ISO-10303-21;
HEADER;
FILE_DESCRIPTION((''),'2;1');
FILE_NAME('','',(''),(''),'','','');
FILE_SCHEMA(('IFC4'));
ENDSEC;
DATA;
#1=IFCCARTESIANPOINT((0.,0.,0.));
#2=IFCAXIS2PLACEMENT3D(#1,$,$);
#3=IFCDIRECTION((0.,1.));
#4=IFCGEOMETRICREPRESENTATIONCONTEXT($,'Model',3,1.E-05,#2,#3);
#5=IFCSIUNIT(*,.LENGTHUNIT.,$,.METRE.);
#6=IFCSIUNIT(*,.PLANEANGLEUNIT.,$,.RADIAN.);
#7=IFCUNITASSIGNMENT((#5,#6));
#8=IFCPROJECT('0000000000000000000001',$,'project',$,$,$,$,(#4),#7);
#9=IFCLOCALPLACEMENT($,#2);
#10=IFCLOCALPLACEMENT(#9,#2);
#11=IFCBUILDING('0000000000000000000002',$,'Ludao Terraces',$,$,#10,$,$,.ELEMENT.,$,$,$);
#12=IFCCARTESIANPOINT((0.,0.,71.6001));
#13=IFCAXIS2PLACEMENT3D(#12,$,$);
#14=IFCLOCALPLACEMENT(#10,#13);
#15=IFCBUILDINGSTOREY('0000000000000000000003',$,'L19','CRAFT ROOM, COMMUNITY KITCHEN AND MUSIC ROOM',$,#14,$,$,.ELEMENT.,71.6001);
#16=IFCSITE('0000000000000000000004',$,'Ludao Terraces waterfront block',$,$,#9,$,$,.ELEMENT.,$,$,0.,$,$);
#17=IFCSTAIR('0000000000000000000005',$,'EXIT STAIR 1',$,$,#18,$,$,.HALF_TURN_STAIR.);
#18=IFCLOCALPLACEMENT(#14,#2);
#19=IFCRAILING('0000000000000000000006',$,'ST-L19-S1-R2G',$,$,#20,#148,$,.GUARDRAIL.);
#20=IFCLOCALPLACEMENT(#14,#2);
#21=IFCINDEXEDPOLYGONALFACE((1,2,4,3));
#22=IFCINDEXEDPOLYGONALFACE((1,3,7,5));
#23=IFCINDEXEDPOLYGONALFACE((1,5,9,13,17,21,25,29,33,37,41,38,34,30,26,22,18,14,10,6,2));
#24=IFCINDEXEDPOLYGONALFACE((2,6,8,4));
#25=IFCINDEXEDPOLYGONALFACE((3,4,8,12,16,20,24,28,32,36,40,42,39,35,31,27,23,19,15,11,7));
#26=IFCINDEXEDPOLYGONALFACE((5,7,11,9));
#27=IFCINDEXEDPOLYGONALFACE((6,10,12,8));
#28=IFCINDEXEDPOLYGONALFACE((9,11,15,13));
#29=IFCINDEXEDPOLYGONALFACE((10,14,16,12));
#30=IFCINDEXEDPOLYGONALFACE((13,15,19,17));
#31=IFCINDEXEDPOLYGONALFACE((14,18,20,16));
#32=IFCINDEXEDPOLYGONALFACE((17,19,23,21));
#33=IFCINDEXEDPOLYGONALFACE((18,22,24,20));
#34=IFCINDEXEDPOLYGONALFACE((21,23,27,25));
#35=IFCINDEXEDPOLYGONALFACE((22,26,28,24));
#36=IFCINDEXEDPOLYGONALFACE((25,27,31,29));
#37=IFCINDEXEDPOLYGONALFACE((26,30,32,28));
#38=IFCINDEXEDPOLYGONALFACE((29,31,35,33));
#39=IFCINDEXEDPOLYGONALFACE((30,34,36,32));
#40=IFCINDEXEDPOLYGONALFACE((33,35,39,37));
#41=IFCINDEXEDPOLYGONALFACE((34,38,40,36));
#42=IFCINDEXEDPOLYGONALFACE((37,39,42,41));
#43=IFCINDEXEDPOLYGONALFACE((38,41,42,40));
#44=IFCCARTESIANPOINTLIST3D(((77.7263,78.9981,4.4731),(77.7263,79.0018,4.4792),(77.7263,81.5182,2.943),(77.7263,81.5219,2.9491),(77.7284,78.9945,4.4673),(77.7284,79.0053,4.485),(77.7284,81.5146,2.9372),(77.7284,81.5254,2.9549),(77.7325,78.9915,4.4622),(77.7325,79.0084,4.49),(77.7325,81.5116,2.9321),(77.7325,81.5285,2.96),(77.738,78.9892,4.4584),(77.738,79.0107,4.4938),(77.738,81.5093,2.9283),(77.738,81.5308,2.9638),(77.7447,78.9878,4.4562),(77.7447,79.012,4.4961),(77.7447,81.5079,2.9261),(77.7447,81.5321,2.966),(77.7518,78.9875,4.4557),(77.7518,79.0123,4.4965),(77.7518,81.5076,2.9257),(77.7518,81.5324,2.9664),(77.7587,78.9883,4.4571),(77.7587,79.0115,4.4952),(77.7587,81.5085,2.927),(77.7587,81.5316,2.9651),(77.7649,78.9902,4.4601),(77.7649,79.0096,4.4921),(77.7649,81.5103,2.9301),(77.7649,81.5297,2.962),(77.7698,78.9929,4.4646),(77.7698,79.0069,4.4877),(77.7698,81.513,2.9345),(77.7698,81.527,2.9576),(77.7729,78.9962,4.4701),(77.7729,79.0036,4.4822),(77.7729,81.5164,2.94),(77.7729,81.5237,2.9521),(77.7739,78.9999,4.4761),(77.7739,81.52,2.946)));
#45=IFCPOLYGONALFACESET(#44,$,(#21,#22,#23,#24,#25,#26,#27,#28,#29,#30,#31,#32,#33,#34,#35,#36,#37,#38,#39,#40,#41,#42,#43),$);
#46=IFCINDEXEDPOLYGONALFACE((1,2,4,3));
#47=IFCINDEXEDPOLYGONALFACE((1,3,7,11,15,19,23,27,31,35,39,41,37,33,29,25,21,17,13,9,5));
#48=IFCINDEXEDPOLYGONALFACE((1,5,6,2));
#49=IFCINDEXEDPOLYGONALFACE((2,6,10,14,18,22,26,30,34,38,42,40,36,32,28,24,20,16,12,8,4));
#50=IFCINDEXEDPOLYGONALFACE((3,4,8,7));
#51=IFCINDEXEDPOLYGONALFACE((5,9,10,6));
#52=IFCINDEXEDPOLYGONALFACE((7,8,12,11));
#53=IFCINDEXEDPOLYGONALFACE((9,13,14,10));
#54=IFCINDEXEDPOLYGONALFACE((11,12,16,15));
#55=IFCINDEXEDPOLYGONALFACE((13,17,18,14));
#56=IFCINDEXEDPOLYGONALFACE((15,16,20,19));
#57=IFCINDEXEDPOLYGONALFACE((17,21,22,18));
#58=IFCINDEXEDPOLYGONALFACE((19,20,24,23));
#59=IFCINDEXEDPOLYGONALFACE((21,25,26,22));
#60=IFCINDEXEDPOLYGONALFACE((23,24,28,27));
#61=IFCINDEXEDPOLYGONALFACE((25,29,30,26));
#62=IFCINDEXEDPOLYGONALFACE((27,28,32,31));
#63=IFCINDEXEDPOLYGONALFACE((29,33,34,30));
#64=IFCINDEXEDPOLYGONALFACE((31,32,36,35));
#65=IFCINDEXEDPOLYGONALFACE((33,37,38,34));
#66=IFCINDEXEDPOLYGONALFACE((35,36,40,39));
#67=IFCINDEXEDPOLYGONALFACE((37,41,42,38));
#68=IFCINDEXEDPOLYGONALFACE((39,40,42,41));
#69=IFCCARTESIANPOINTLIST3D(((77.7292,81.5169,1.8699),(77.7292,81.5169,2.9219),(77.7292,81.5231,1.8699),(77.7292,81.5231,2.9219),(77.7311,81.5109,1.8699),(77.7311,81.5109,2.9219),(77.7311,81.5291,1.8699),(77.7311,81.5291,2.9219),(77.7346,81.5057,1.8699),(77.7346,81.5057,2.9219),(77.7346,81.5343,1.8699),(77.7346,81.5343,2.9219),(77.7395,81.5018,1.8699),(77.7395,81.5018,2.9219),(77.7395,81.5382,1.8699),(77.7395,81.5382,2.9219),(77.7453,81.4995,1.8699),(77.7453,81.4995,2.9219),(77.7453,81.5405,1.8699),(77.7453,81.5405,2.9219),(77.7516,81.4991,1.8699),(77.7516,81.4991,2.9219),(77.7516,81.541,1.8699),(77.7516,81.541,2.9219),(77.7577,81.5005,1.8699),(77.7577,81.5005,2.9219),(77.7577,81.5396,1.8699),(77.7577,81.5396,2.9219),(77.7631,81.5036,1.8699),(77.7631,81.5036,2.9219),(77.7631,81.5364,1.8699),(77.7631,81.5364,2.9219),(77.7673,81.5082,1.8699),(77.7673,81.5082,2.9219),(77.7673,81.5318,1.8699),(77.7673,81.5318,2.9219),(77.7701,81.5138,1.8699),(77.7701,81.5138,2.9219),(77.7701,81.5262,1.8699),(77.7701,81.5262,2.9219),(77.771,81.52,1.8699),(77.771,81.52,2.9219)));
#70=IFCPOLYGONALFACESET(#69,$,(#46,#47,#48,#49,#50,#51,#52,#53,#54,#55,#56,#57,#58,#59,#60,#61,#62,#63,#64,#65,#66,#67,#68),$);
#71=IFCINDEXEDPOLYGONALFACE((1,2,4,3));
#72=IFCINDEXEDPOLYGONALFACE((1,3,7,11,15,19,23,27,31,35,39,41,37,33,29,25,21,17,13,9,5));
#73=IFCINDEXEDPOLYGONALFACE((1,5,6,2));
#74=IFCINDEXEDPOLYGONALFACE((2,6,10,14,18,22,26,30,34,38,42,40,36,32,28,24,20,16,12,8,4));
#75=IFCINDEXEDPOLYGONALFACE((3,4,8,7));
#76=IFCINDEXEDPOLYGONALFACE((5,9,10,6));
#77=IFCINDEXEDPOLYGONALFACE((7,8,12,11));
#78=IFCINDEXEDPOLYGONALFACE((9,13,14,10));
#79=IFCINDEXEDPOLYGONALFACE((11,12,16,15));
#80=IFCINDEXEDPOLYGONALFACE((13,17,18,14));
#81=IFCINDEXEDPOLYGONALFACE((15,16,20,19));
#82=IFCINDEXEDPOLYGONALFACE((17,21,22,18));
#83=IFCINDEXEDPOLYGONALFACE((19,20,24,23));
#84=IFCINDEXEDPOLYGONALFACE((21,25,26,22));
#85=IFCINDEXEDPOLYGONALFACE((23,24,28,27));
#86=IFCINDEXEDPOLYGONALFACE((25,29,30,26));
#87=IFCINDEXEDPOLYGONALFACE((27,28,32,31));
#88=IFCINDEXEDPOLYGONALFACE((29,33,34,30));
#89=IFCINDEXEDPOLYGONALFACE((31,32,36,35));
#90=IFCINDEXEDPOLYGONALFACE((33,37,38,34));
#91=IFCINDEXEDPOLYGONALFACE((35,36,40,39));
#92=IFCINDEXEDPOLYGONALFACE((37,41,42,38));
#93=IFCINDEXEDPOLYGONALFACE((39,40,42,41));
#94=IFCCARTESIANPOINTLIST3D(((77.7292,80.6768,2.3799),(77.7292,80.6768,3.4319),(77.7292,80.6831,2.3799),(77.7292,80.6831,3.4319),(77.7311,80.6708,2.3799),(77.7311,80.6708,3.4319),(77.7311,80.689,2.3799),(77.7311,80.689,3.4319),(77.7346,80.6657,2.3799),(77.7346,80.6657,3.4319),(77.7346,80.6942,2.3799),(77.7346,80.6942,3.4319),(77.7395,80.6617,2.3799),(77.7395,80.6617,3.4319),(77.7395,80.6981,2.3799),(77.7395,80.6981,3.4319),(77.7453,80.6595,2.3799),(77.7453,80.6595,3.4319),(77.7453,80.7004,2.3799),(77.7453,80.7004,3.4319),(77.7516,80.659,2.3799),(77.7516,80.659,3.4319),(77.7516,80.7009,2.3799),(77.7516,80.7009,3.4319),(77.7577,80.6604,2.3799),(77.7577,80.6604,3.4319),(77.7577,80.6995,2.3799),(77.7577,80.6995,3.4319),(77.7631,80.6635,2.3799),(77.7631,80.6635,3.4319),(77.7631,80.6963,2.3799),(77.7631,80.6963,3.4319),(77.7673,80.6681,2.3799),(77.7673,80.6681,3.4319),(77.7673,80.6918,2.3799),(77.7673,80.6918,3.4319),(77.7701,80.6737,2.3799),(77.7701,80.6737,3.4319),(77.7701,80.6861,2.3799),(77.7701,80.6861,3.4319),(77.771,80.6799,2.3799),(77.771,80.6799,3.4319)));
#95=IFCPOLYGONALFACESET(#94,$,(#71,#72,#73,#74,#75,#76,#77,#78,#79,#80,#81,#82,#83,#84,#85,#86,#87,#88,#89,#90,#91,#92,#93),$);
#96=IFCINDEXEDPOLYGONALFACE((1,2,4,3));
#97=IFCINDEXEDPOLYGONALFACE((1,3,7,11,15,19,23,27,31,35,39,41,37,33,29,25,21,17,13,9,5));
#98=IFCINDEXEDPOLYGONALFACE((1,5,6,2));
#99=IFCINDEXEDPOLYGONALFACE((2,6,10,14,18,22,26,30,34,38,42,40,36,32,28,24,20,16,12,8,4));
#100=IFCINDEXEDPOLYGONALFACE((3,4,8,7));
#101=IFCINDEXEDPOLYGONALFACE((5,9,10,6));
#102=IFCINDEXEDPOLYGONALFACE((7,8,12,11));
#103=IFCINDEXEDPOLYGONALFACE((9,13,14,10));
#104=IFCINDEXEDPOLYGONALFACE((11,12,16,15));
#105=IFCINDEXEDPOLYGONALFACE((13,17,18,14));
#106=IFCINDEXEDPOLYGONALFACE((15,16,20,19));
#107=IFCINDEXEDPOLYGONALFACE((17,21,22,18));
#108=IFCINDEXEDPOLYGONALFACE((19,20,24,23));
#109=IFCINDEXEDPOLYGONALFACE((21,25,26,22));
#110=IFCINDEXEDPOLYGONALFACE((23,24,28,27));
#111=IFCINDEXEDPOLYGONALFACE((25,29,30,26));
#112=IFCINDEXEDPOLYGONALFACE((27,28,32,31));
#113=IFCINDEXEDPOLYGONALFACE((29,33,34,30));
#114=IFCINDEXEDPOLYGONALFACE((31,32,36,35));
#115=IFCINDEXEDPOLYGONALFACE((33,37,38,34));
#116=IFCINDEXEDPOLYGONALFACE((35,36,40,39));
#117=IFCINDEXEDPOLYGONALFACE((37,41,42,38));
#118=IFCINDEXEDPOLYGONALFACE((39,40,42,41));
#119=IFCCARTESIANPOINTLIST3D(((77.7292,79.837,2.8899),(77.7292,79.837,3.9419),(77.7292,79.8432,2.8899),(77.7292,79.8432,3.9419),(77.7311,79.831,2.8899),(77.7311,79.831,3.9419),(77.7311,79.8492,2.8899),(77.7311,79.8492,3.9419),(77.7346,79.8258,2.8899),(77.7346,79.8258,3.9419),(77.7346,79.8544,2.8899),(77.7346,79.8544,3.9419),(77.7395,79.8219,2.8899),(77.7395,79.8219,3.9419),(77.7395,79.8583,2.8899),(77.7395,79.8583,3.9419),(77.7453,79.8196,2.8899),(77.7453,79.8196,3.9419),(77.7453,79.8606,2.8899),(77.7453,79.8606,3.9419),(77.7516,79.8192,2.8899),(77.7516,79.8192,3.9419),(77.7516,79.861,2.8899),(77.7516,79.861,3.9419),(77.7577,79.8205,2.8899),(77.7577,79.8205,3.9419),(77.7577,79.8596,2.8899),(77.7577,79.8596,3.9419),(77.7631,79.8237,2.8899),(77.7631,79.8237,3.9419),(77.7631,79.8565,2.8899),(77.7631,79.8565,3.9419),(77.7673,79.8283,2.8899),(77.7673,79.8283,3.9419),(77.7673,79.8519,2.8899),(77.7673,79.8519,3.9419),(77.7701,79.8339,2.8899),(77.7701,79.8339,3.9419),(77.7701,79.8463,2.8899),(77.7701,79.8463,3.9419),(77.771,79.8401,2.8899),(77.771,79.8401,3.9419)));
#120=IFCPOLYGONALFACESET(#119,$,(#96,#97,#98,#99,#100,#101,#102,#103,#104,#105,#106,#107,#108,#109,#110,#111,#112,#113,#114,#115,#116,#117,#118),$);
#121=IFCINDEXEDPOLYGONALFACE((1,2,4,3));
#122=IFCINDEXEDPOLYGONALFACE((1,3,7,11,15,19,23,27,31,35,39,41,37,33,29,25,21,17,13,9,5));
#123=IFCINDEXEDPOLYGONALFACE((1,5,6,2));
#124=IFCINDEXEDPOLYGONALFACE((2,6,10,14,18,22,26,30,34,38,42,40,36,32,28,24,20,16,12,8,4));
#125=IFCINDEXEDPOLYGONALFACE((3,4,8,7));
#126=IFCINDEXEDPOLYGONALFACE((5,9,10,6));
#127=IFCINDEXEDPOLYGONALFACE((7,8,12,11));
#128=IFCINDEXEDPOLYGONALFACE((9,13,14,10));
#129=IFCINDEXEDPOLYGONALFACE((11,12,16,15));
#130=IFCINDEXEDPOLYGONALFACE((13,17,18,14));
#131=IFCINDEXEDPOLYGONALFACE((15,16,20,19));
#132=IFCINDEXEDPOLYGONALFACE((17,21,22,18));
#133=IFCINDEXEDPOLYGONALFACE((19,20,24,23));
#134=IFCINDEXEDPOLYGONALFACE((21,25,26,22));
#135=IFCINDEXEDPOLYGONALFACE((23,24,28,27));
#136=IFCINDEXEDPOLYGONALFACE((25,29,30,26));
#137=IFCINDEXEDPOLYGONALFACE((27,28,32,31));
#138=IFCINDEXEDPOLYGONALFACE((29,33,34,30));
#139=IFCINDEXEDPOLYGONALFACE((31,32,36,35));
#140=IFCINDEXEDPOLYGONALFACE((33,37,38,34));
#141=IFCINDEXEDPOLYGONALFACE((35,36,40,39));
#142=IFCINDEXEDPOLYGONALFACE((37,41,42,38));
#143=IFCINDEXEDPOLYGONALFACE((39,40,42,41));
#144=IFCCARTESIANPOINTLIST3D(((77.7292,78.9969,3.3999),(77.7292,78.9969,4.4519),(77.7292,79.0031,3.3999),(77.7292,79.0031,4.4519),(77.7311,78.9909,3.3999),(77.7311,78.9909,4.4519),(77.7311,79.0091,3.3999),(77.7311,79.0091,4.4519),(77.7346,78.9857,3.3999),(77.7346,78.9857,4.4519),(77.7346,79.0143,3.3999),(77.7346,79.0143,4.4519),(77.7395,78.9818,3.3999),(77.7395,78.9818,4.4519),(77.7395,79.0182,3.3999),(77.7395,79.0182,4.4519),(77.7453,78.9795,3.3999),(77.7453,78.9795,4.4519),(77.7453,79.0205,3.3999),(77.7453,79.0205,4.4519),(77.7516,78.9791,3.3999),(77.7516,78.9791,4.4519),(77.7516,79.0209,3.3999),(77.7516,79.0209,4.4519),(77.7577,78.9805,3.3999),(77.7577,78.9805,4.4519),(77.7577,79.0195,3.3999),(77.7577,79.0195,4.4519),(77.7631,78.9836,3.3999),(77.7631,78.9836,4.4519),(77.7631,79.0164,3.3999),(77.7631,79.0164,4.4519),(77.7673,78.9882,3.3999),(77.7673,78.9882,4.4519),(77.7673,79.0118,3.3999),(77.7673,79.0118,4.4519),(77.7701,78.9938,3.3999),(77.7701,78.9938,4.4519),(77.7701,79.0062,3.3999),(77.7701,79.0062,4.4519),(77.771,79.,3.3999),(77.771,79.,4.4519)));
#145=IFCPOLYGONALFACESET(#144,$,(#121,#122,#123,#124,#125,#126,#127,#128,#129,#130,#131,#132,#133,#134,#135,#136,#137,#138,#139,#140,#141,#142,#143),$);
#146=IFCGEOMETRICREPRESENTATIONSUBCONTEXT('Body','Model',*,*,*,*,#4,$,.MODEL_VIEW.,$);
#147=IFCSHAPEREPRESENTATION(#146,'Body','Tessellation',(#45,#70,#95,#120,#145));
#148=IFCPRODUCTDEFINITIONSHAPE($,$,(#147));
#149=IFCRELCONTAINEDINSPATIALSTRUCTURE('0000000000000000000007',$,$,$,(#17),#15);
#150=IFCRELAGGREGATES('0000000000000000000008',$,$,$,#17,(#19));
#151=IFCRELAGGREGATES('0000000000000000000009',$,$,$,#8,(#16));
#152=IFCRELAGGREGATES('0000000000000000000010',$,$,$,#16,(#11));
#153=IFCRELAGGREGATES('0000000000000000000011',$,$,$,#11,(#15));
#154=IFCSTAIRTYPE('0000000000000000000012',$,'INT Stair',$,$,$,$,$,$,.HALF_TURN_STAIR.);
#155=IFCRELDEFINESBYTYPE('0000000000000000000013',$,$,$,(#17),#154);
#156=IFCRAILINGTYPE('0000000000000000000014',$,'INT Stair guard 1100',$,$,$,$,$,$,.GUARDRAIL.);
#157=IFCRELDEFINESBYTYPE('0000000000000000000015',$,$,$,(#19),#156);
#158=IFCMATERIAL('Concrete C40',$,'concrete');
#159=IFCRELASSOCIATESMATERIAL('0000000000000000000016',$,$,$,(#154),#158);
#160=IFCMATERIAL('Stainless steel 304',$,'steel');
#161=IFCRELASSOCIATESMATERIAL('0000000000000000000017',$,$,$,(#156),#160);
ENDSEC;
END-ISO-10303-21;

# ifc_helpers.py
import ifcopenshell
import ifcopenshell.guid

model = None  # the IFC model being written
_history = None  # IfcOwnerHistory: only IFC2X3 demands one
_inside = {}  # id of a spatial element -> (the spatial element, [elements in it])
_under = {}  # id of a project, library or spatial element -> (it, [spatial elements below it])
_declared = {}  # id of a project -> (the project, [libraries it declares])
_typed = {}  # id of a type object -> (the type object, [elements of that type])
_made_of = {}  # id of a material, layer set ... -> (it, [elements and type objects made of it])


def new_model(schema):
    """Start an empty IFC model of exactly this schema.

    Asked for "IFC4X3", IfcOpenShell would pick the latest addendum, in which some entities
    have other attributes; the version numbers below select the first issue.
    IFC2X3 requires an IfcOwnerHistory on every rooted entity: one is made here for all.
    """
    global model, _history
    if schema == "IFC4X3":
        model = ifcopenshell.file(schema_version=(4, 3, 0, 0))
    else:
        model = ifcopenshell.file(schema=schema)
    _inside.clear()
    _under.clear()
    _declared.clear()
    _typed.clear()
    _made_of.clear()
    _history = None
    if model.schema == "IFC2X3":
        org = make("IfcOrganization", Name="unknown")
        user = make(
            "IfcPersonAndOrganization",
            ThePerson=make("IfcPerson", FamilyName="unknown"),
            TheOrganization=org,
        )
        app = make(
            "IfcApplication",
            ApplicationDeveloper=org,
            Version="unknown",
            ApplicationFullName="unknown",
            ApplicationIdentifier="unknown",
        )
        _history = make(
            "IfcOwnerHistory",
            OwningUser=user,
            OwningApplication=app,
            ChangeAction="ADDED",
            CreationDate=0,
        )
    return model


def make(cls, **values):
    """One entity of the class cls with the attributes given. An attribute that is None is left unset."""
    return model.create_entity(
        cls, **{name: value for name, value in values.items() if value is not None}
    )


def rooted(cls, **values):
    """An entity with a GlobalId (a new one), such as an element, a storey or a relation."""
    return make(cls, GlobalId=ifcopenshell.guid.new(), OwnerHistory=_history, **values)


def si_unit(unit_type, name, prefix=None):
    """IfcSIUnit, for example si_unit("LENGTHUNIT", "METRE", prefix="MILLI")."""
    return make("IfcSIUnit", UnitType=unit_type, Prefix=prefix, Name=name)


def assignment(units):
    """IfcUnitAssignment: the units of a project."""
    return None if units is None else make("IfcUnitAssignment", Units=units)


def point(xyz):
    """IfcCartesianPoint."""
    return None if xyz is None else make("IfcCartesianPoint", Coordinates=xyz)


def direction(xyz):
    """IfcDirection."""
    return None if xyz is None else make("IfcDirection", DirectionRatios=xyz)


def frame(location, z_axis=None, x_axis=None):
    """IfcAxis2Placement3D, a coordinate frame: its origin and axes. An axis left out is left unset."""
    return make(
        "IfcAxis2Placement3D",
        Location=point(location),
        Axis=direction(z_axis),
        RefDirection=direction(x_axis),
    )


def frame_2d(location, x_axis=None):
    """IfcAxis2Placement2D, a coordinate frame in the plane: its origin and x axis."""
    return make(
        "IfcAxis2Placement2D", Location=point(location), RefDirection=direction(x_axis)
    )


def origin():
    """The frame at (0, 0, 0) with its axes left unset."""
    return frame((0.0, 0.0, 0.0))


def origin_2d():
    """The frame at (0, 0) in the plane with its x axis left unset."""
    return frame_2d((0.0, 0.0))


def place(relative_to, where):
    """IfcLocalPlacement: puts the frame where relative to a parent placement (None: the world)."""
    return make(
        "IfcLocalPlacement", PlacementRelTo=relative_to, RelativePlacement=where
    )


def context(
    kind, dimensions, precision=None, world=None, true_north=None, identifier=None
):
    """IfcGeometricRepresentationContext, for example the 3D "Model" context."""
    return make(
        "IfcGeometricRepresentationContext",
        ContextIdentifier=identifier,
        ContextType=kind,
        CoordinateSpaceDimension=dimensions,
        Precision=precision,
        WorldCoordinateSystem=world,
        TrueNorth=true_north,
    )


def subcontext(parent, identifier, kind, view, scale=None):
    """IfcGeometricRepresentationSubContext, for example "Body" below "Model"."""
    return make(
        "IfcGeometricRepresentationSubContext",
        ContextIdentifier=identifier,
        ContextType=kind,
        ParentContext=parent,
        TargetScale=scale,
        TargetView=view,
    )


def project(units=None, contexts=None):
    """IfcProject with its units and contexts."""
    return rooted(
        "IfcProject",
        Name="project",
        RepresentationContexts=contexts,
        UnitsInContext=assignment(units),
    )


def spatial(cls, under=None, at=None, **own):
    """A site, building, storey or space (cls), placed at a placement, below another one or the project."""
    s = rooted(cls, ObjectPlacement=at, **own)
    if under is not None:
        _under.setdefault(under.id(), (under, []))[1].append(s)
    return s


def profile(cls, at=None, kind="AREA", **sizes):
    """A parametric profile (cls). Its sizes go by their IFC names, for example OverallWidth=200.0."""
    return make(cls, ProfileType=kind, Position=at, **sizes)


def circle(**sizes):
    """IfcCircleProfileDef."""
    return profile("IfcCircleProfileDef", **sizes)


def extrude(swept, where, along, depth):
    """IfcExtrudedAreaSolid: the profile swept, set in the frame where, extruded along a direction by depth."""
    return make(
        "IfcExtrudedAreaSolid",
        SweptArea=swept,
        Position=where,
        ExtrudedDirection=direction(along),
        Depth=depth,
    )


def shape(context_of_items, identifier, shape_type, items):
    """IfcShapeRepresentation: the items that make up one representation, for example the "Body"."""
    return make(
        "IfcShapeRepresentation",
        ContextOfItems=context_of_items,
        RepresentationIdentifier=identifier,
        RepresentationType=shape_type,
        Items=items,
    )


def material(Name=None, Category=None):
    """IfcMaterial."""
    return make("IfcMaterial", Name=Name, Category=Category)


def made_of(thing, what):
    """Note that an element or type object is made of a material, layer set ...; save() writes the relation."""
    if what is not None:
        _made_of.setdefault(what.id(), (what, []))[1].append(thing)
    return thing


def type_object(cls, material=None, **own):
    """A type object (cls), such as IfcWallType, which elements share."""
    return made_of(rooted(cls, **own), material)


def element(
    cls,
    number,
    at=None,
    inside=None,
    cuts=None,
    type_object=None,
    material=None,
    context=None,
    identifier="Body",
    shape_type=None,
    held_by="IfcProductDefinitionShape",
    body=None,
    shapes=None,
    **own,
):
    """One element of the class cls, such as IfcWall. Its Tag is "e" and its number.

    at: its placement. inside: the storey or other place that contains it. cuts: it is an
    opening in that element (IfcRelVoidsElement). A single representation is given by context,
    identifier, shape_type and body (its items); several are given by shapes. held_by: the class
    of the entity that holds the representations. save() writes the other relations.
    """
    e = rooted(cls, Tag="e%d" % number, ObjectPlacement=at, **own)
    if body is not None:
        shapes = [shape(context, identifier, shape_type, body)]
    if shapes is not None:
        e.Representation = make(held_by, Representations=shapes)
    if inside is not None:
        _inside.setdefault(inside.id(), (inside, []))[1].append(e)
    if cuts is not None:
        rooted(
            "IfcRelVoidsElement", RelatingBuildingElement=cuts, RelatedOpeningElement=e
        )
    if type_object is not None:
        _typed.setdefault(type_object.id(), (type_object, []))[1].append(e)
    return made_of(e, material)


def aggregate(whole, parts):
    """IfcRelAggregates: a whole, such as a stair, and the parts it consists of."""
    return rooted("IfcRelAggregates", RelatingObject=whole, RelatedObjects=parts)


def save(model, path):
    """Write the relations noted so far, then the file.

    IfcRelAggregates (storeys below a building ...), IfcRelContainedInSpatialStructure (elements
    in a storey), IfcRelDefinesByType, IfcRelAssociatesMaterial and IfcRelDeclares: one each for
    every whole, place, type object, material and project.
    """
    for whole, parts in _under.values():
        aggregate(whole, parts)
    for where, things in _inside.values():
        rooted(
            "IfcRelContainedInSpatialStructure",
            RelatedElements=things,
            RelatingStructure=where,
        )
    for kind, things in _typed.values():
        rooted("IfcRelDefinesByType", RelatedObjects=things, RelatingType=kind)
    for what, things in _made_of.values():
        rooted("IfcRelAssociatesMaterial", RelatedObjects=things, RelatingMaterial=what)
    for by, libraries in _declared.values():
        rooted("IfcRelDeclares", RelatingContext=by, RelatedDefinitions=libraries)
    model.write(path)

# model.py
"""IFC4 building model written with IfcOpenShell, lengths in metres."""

from ifc_helpers import new_model, si_unit, direction, frame, origin, origin_2d, place, context, subcontext, project, spatial, circle, extrude, material, type_object, element, aggregate, save


model = new_model("IFC4")

# Units and contexts
model_context = context("Model", 3, precision=1e-05, world=origin(), true_north=direction((0.0, 1.0)))
body_context = subcontext(model_context, "Body", "Model", "MODEL_VIEW")
ifc_project = project(units=[si_unit("LENGTHUNIT", "METRE"), si_unit("PLANEANGLEUNIT", "RADIAN")], contexts=[model_context])

# Site, building, storey
site_placement = place(None, origin())
site = spatial("IfcSite", under=ifc_project, at=site_placement, Name="Ludao Terraces waterfront block", CompositionType="ELEMENT", RefElevation=0.0)
building_placement = place(site_placement, origin())
building = spatial("IfcBuilding", under=site, at=building_placement, Name="Ludao Terraces", CompositionType="ELEMENT")
storey_placement = place(building_placement, frame((0.0, 0.0, 71.6001)))
storey = spatial("IfcBuildingStorey", under=building, at=storey_placement, Name="L19", Description="CRAFT ROOM, COMMUNITY KITCHEN AND MUSIC ROOM", CompositionType="ELEMENT", Elevation=71.6001)

# Shared definitions
ifc_material_1 = material(Name="Concrete C40", Category="concrete")

# Shared definitions
ifc_material_2 = material(Name="Stainless steel 304", Category="steel")

# Stair, railing
stair_type = type_object("IfcStairType", Name="INT Stair", PredefinedType="HALF_TURN_STAIR", material=ifc_material_1)
stair_placement = place(storey_placement, origin())
stair = element("IfcStair", 1, at=stair_placement, inside=storey, type_object=stair_type, Name="EXIT STAIR 1", PredefinedType="HALF_TURN_STAIR")
railing_type_1 = type_object("IfcRailingType", Name="INT Stair guard 1100", PredefinedType="GUARDRAIL", material=ifc_material_2)
railing_1_placement = place(storey_placement, frame((77.75, 81.52, 1.8699)))
railing_1 = element("IfcRailing", 2, at=railing_1_placement, type_object=railing_type_1, Name="ST-L19-S1-R2G", PredefinedType="GUARDRAIL", context=body_context, shape_type="SweptSolid", body=[
    extrude(circle(Radius=0.0239, at=origin_2d()), frame((0.0, 0.0, 1.0762), z_axis=(0.0, -0.854785, 0.518982), x_axis=(1.0, 0.0, 0.0)), (0.0, 0.0, 1.0), 2.9482),
    extrude(circle(Radius=0.021, at=origin_2d()), origin(), (0.0, 0.0, 1.0), 1.052),
    extrude(circle(Radius=0.021, at=origin_2d()), frame((0.0, -0.8401, 0.51)), (0.0, 0.0, 1.0), 1.052),
    extrude(circle(Radius=0.021, at=origin_2d()), frame((0.0, -1.6799, 1.02)), (0.0, 0.0, 1.0), 1.052),
    extrude(circle(Radius=0.021, at=origin_2d()), frame((0.0, -2.52, 1.53)), (0.0, 0.0, 1.0), 1.052),
])
aggregate(stair, [railing_1])

save(model, "model.ifc")
